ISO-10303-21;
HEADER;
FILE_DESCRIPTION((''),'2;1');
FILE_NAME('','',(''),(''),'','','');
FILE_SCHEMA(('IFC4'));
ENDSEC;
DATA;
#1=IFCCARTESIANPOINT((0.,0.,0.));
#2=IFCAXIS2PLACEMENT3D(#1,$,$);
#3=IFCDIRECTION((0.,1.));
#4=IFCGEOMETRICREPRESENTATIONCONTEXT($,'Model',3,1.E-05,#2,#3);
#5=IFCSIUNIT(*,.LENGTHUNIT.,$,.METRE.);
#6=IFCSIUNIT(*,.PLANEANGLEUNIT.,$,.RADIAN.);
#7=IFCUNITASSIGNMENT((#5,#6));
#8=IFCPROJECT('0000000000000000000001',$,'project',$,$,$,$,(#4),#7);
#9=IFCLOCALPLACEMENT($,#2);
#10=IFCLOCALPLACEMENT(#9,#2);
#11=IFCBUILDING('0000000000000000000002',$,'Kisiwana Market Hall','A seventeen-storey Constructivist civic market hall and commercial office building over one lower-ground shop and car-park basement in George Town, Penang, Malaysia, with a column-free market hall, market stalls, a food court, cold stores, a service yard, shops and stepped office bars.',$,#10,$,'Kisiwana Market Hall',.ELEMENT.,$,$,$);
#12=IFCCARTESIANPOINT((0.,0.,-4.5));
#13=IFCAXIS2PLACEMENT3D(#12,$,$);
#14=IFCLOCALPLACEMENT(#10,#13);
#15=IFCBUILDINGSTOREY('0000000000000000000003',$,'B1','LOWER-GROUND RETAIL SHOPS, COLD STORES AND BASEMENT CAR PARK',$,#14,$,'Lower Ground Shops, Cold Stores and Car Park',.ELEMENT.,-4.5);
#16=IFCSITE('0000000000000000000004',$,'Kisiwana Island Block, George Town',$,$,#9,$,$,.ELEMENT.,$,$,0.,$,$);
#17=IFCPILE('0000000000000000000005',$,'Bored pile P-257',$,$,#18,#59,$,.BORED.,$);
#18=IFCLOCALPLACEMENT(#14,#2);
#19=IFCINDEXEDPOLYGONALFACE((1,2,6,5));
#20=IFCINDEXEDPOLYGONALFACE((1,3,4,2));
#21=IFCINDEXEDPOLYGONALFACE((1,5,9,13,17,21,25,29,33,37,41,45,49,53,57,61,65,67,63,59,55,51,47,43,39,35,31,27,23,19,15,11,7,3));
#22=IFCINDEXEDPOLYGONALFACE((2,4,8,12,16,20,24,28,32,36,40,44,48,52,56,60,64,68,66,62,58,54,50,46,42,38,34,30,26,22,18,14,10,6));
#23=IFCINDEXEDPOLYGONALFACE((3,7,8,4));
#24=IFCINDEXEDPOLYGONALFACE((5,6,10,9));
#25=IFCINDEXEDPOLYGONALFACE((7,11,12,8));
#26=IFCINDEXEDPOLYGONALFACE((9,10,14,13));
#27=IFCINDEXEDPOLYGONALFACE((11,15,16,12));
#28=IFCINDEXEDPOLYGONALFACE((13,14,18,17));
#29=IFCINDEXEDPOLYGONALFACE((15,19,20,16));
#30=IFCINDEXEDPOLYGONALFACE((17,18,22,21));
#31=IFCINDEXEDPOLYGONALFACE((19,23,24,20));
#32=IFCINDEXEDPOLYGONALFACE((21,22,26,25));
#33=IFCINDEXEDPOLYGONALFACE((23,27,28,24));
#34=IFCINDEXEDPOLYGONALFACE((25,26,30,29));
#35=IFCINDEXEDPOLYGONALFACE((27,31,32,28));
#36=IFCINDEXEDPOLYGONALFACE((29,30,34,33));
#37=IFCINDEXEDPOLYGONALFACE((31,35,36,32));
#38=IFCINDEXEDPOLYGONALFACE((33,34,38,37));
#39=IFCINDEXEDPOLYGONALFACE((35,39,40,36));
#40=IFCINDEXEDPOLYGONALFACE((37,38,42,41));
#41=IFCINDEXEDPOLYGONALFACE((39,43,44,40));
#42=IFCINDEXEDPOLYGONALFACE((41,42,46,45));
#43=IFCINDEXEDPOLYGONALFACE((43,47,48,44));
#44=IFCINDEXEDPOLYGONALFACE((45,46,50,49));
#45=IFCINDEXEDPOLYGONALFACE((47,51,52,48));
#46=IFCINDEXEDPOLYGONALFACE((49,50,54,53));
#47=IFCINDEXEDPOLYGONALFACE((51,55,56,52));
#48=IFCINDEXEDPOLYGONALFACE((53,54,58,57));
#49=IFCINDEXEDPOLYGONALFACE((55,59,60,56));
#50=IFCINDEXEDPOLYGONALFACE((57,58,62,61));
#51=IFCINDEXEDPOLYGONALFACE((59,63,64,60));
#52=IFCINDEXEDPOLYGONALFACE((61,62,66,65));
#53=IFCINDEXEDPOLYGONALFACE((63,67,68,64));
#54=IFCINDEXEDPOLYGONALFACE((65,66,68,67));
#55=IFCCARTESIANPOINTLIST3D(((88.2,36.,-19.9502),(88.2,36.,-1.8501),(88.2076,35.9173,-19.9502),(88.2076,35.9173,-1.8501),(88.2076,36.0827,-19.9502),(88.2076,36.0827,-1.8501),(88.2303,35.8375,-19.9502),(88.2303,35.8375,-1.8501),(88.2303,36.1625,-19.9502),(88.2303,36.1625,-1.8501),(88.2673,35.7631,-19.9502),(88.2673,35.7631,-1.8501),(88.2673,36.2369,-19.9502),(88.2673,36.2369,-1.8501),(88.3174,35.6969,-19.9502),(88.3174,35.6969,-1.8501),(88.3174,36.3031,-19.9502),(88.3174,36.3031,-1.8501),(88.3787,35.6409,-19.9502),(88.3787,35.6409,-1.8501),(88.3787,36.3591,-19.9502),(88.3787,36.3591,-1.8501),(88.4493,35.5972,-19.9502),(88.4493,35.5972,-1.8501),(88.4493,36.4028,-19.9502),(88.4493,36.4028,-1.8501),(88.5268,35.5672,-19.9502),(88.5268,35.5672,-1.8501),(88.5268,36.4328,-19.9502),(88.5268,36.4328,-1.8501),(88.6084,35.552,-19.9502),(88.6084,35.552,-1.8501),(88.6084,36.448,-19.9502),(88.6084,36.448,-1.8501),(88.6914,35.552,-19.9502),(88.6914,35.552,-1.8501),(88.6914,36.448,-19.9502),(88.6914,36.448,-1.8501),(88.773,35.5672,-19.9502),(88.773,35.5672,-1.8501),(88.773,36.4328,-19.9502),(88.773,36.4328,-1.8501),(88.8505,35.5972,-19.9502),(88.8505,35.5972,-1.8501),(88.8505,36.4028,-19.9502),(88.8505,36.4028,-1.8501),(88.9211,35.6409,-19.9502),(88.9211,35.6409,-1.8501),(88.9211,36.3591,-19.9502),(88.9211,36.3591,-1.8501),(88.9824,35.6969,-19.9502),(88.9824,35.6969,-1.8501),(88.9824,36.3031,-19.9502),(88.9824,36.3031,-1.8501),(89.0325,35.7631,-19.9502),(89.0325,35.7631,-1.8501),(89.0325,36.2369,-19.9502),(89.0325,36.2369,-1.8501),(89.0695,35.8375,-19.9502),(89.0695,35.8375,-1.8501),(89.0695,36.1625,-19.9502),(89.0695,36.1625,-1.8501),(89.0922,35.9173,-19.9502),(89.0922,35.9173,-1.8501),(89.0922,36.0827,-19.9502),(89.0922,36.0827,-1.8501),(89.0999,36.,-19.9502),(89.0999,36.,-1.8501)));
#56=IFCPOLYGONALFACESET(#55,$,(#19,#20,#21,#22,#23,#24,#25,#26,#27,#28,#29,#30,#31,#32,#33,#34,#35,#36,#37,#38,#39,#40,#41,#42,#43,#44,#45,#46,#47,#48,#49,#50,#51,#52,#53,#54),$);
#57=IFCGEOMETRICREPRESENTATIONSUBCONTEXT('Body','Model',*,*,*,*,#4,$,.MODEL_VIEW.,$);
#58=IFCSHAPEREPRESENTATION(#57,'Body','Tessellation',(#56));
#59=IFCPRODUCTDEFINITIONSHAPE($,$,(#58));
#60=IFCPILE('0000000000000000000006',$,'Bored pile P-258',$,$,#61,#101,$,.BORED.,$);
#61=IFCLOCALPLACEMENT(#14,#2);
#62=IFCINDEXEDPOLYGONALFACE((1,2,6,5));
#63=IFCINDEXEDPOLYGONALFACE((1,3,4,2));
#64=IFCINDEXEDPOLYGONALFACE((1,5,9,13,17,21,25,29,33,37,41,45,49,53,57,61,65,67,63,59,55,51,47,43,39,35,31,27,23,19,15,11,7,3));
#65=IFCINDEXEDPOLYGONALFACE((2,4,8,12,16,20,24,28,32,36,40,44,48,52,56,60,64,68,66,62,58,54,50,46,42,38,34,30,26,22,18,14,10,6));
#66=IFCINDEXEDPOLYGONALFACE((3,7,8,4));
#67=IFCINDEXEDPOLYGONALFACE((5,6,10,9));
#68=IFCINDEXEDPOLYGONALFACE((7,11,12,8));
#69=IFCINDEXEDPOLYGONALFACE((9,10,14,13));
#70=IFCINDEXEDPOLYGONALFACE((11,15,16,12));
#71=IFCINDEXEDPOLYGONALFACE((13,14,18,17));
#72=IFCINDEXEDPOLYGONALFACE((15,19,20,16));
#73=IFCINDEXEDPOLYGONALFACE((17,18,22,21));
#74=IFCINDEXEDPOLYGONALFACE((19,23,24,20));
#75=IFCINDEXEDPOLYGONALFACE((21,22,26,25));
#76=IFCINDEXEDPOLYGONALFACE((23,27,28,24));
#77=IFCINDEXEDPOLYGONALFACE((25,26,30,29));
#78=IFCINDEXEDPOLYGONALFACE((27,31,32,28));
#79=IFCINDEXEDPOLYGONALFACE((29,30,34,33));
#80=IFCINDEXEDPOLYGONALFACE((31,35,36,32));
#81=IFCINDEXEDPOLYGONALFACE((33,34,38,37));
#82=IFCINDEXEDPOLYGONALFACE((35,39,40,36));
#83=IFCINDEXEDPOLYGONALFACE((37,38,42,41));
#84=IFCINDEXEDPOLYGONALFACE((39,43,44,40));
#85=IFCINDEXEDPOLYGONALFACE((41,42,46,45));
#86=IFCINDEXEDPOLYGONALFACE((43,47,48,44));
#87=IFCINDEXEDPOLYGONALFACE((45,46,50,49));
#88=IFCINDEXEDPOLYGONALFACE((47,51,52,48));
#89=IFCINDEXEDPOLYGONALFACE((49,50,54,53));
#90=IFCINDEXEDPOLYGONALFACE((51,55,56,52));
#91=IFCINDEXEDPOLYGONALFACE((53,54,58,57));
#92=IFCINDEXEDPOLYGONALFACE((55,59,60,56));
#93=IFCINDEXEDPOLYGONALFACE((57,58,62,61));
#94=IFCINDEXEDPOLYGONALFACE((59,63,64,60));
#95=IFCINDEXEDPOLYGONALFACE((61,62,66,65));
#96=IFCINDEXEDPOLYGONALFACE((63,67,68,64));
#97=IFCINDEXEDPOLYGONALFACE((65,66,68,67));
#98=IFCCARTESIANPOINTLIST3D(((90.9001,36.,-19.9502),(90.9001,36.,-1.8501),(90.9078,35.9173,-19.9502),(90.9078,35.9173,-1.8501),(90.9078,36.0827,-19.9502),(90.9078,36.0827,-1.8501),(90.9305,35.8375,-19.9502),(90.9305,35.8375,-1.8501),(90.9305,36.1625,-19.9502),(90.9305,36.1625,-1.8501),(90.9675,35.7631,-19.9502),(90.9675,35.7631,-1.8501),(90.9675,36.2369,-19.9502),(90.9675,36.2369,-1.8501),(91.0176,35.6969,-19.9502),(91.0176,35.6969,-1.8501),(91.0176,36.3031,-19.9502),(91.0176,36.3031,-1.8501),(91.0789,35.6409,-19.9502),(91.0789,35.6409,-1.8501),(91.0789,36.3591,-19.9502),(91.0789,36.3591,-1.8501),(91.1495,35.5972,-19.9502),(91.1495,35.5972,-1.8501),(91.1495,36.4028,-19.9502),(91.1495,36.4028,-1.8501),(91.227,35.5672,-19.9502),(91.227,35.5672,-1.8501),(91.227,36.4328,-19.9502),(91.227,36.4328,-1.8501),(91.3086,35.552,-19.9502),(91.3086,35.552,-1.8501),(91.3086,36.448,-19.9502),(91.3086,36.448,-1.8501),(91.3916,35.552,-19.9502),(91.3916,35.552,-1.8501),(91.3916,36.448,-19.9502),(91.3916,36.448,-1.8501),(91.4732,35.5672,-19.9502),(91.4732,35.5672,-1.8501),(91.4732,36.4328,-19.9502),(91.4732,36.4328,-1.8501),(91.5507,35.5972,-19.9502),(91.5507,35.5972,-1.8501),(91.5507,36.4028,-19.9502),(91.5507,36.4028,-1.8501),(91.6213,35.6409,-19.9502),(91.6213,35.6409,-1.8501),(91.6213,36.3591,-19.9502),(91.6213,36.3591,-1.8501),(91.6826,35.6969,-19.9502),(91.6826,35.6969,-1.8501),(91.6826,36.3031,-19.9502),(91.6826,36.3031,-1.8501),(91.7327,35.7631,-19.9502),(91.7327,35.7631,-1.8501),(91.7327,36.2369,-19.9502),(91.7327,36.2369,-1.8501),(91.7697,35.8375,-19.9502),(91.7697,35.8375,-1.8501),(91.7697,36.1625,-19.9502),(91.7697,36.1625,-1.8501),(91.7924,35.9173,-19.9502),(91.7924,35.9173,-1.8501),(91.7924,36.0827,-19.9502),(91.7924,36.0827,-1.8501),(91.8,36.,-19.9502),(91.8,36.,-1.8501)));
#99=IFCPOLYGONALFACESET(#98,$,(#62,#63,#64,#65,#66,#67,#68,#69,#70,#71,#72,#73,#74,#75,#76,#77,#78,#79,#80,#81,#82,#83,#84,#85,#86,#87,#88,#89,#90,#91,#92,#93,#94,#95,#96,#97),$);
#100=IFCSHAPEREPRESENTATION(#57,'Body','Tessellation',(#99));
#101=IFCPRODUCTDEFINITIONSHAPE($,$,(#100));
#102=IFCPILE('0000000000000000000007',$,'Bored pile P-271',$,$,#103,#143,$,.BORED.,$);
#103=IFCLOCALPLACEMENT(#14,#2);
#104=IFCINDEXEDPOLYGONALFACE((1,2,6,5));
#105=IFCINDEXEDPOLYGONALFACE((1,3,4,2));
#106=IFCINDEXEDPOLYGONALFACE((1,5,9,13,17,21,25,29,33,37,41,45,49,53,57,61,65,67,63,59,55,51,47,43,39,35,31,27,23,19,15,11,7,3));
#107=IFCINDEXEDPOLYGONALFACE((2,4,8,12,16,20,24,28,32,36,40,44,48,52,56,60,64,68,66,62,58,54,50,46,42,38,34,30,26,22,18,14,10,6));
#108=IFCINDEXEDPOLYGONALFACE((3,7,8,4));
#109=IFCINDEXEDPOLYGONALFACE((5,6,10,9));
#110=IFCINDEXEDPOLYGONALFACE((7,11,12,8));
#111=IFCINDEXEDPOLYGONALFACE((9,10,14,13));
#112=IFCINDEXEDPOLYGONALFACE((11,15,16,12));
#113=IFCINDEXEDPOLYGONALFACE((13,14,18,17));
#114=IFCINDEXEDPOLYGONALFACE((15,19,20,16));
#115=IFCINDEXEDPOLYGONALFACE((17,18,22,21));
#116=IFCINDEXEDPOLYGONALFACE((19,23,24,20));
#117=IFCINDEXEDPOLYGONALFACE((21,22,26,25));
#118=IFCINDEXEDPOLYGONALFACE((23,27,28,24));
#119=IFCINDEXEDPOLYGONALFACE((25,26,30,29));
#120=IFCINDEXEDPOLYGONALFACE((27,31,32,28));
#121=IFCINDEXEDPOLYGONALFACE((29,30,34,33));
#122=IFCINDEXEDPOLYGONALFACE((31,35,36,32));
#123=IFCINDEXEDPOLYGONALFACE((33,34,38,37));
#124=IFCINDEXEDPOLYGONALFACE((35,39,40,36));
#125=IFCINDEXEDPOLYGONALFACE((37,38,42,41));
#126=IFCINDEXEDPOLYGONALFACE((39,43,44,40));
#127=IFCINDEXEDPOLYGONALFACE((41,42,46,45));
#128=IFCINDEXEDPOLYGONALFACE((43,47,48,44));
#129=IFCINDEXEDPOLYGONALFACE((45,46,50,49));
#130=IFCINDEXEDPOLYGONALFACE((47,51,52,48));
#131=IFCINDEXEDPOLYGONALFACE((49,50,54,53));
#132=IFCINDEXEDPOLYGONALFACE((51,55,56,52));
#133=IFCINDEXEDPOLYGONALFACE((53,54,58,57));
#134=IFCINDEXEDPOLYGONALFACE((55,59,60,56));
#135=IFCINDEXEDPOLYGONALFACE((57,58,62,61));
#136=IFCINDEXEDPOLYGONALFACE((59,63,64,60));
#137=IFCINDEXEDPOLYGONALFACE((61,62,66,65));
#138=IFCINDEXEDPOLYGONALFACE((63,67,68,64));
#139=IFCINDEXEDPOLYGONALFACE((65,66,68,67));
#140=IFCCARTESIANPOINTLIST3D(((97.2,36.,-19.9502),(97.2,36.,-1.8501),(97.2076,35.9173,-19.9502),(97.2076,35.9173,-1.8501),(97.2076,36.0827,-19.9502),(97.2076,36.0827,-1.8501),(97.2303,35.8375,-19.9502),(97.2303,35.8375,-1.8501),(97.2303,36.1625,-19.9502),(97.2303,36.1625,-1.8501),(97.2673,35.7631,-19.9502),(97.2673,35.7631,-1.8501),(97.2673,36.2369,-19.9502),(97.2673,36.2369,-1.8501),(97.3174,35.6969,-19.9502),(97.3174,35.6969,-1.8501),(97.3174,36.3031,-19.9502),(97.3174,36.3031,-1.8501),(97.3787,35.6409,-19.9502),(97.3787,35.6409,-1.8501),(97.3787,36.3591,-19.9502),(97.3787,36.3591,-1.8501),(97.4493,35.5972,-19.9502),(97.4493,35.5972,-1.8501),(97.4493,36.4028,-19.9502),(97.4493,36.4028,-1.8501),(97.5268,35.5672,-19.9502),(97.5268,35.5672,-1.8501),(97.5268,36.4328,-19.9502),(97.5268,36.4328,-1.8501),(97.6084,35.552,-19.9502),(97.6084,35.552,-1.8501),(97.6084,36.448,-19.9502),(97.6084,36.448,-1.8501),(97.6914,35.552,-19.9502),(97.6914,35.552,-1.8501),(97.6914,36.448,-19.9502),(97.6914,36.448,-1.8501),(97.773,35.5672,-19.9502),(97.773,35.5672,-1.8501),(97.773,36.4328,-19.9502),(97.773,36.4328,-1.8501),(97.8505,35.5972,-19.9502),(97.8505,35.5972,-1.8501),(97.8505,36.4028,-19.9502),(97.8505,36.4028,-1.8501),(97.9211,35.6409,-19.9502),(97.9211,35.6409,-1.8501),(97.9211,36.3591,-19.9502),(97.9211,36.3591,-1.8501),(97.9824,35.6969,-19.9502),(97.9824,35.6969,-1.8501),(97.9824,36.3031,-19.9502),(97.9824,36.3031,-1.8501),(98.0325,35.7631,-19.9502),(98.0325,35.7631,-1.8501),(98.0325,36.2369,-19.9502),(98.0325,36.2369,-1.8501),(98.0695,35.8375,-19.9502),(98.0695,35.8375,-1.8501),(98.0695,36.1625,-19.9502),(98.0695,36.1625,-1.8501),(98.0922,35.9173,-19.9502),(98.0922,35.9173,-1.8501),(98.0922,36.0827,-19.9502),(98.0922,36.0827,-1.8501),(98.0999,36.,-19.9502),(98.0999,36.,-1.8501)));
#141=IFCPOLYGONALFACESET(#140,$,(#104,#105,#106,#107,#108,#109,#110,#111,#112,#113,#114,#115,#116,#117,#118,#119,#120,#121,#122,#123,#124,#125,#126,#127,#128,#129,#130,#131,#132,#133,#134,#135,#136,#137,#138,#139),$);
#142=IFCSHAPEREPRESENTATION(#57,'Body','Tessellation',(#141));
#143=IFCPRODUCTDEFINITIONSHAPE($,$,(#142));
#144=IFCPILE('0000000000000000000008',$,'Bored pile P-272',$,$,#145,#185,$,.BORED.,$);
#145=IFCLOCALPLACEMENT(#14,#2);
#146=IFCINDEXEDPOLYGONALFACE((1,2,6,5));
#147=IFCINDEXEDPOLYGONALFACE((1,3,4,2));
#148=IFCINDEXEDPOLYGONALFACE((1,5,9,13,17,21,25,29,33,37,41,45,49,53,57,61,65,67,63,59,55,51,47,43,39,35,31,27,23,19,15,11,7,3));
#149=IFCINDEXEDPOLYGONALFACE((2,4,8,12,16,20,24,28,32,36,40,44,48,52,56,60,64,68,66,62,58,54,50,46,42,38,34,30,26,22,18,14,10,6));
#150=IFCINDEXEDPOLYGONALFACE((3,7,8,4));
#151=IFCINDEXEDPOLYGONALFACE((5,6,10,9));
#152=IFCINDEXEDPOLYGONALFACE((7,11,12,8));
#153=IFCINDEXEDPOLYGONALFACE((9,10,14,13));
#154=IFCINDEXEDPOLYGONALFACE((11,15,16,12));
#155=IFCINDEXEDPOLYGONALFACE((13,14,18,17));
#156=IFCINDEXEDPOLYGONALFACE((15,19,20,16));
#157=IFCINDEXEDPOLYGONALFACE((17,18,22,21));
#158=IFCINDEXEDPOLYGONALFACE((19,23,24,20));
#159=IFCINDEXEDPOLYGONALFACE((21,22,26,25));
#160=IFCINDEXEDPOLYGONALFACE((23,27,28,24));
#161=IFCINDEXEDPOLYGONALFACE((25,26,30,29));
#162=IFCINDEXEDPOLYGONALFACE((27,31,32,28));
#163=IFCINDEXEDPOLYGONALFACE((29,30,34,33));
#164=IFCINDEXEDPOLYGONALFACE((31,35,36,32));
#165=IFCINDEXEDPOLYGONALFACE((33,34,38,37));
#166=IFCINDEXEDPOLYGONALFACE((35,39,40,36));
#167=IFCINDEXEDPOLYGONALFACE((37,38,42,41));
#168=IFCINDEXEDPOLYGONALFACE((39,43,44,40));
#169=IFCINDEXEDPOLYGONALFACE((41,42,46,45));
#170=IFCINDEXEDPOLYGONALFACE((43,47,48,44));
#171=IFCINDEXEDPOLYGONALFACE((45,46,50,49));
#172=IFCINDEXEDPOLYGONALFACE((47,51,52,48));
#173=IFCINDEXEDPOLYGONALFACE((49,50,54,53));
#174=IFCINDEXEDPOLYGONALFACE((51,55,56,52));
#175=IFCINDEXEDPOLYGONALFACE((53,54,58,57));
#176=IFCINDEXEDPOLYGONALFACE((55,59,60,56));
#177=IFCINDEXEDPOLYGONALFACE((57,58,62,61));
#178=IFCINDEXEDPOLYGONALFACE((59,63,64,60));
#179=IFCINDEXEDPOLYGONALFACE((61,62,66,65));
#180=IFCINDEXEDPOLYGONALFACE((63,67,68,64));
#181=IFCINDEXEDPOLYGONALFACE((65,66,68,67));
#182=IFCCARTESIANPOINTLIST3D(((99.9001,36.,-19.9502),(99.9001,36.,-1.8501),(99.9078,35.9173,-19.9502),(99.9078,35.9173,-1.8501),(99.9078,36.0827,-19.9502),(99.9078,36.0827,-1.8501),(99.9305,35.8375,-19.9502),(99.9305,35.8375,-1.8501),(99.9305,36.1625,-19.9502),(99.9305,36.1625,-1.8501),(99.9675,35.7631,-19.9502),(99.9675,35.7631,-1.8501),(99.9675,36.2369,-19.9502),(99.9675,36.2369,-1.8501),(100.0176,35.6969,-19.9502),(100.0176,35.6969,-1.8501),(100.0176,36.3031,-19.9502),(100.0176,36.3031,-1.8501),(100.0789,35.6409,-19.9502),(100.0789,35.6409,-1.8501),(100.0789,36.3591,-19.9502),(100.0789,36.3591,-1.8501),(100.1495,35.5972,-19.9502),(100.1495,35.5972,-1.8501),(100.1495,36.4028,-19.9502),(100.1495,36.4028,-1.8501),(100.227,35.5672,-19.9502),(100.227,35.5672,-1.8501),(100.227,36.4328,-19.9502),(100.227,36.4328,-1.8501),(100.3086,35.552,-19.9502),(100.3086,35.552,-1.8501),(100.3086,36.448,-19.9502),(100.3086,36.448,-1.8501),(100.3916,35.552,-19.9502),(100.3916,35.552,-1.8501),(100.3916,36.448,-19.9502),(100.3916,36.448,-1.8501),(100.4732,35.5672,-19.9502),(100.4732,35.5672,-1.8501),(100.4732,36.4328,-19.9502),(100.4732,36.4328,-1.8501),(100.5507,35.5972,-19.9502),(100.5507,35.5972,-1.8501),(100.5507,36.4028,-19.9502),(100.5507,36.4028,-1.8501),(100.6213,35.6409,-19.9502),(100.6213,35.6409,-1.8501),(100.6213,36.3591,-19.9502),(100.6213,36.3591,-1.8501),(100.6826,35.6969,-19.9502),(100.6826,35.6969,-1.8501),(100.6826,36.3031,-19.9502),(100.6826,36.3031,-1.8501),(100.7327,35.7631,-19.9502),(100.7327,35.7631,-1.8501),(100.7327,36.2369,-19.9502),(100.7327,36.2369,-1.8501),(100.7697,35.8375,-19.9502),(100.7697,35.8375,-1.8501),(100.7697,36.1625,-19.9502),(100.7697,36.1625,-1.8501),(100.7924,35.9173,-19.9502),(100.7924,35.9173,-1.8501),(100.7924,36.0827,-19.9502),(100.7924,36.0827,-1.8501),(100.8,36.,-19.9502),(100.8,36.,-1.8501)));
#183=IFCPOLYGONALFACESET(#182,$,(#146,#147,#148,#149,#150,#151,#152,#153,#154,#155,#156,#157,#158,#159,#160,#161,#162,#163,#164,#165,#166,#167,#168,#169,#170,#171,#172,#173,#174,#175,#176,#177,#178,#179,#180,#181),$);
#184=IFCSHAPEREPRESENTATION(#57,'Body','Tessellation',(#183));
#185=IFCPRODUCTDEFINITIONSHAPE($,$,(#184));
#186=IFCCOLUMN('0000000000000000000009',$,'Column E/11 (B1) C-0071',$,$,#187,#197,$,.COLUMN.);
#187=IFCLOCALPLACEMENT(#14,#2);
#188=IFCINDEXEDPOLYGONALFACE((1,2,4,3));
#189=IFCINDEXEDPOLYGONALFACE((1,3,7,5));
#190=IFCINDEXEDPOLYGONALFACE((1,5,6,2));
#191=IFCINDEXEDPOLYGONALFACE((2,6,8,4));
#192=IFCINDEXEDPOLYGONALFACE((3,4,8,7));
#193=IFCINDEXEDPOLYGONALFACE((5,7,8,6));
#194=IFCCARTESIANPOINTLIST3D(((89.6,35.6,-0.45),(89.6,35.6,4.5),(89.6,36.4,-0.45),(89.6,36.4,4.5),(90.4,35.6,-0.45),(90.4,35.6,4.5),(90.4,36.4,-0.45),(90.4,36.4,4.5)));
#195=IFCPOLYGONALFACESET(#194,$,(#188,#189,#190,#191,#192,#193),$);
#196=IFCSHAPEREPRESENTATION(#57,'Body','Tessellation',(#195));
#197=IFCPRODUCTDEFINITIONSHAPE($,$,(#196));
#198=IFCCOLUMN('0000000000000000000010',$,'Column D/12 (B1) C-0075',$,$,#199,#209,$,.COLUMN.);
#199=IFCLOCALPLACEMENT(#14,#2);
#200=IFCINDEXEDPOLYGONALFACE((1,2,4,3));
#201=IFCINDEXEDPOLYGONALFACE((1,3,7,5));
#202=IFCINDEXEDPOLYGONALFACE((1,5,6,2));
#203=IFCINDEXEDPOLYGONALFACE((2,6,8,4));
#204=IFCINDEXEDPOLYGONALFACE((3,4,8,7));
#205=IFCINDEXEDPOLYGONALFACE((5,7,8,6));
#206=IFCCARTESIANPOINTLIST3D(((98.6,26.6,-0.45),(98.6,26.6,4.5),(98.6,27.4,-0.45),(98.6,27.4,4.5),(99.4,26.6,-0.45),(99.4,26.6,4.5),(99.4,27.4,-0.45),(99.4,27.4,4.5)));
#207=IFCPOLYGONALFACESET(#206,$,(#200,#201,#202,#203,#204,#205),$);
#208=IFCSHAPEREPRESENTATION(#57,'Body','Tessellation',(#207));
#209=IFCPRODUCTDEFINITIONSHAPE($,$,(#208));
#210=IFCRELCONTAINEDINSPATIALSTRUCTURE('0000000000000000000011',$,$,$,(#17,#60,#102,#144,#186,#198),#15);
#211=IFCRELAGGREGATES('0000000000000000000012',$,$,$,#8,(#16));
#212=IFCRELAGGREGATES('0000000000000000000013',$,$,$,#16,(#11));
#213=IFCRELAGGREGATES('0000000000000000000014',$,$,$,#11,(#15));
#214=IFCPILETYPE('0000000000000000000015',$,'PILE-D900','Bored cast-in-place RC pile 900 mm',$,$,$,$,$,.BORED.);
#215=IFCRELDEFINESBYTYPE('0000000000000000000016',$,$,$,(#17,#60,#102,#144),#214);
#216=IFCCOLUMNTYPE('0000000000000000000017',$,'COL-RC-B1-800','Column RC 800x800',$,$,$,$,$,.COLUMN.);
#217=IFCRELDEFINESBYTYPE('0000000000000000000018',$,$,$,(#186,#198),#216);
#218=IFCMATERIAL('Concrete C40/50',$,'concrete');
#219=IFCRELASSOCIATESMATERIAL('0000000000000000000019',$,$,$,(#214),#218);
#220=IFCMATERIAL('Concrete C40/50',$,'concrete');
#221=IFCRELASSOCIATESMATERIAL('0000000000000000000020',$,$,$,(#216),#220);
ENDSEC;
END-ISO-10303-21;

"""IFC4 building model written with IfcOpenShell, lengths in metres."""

from ifc_helpers import new_model, si_unit, direction, frame, origin, origin_2d, place, context, subcontext, project, spatial, rectangle, circle, extrude, material, material_profile, profile_set, type_object, element, save


model = new_model("IFC4")

# Units and contexts
model_context = context("Model", 3, precision=1e-05, world=origin(), true_north=direction((0.0, 1.0)))
body_context = subcontext(model_context, "Body", "Model", "MODEL_VIEW")
ifc_project = project(units=[si_unit("LENGTHUNIT", "METRE"), si_unit("PLANEANGLEUNIT", "RADIAN")], contexts=[model_context])

# Site, building, storey
site_placement = place(None, origin())
site = spatial("IfcSite", under=ifc_project, at=site_placement, Name="Kisiwana Island Block, George Town", CompositionType="ELEMENT", RefElevation=0.0)
building_placement = place(site_placement, origin())
building = spatial("IfcBuilding", under=site, at=building_placement, Name="Kisiwana Market Hall", Description="A seventeen-storey Constructivist civic market hall and commercial office building over one lower-ground shop and car-park basement in George Town, Penang, Malaysia, with a column-free market hall, market stalls, a food court, cold stores, a service yard, shops and stepped office bars.", LongName="Kisiwana Market Hall", CompositionType="ELEMENT")
storey_placement = place(building_placement, frame((0.0, 0.0, -4.5)))
storey = spatial("IfcBuildingStorey", under=building, at=storey_placement, Name="B1", Description="LOWER-GROUND RETAIL SHOPS, COLD STORES AND BASEMENT CAR PARK", LongName="Lower Ground Shops, Cold Stores and Car Park", CompositionType="ELEMENT", Elevation=-4.5)

# Piles
ifc_material_1 = material(Name="Concrete C40/50", Category="concrete")
ifc_material_profile_1 = material_profile(ifc_material_1, circle(Radius=0.45, at=origin_2d()), Name="BP D900")
ifc_profile_set_1 = profile_set([ifc_material_profile_1], Name="Concrete C40/50")
pile_type_1 = type_object("IfcPileType", Name="PILE-D900", Description="Bored cast-in-place RC pile 900 mm", PredefinedType="BORED", material=ifc_profile_set_1)
for number, where, z_axis, x_axis, name in (
    (1, (88.6499, 36.0, -1.8501), (0.0, 0.0, -1.0), (1.0, 0.0, 0.0), "Bored pile P-257"),
    (2, (91.3501, 36.0, -1.8501), (0.0, 0.0, -1.0), (1.0, 0.0, 0.0), "Bored pile P-258"),
    (3, (97.6499, 36.0, -1.8501), (0.0, 0.0, -1.0), (1.0, 0.0, 0.0), "Bored pile P-271"),
    (4, (100.3501, 36.0, -1.8501), (0.0, 0.0, -1.0), (1.0, 0.0, 0.0), "Bored pile P-272"),
):
    element("IfcPile", number, at=place(storey_placement, frame(where, z_axis=z_axis, x_axis=x_axis)), inside=storey, type_object=pile_type_1, Name=name, PredefinedType="BORED", context=body_context, shape_type="SweptSolid", body=[
        extrude(circle(Radius=0.45, at=origin_2d()), origin(), (0.0, 0.0, 1.0), 18.1001),
    ])

# Columns
ifc_material_2 = material(Name="Concrete C40/50", Category="concrete")
ifc_material_profile_2 = material_profile(ifc_material_2, rectangle(XDim=0.8, YDim=0.8, at=origin_2d()), Name="RC 800x800")
ifc_profile_set_2 = profile_set([ifc_material_profile_2], Name="Concrete C40/50")
column_type_1 = type_object("IfcColumnType", Name="COL-RC-B1-800", Description="Column RC 800x800", PredefinedType="COLUMN", material=ifc_profile_set_2)
for number, where, z_axis, x_axis, name in (
    (5, (90.0, 36.0, -0.45), (0.0, 0.0, 1.0), (1.0, 0.0, 0.0), "Column E/11 (B1) C-0071"),
    (6, (99.0, 27.0, -0.45), (0.0, 0.0, 1.0), (1.0, 0.0, 0.0), "Column D/12 (B1) C-0075"),
):
    element("IfcColumn", number, at=place(storey_placement, frame(where, z_axis=z_axis, x_axis=x_axis)), inside=storey, type_object=column_type_1, Name=name, PredefinedType="COLUMN", context=body_context, shape_type="SweptSolid", body=[
        extrude(rectangle(XDim=0.8, YDim=0.8, at=origin_2d()), origin(), (0.0, 0.0, 1.0), 4.95),
    ])

save(model, "model.ifc")
